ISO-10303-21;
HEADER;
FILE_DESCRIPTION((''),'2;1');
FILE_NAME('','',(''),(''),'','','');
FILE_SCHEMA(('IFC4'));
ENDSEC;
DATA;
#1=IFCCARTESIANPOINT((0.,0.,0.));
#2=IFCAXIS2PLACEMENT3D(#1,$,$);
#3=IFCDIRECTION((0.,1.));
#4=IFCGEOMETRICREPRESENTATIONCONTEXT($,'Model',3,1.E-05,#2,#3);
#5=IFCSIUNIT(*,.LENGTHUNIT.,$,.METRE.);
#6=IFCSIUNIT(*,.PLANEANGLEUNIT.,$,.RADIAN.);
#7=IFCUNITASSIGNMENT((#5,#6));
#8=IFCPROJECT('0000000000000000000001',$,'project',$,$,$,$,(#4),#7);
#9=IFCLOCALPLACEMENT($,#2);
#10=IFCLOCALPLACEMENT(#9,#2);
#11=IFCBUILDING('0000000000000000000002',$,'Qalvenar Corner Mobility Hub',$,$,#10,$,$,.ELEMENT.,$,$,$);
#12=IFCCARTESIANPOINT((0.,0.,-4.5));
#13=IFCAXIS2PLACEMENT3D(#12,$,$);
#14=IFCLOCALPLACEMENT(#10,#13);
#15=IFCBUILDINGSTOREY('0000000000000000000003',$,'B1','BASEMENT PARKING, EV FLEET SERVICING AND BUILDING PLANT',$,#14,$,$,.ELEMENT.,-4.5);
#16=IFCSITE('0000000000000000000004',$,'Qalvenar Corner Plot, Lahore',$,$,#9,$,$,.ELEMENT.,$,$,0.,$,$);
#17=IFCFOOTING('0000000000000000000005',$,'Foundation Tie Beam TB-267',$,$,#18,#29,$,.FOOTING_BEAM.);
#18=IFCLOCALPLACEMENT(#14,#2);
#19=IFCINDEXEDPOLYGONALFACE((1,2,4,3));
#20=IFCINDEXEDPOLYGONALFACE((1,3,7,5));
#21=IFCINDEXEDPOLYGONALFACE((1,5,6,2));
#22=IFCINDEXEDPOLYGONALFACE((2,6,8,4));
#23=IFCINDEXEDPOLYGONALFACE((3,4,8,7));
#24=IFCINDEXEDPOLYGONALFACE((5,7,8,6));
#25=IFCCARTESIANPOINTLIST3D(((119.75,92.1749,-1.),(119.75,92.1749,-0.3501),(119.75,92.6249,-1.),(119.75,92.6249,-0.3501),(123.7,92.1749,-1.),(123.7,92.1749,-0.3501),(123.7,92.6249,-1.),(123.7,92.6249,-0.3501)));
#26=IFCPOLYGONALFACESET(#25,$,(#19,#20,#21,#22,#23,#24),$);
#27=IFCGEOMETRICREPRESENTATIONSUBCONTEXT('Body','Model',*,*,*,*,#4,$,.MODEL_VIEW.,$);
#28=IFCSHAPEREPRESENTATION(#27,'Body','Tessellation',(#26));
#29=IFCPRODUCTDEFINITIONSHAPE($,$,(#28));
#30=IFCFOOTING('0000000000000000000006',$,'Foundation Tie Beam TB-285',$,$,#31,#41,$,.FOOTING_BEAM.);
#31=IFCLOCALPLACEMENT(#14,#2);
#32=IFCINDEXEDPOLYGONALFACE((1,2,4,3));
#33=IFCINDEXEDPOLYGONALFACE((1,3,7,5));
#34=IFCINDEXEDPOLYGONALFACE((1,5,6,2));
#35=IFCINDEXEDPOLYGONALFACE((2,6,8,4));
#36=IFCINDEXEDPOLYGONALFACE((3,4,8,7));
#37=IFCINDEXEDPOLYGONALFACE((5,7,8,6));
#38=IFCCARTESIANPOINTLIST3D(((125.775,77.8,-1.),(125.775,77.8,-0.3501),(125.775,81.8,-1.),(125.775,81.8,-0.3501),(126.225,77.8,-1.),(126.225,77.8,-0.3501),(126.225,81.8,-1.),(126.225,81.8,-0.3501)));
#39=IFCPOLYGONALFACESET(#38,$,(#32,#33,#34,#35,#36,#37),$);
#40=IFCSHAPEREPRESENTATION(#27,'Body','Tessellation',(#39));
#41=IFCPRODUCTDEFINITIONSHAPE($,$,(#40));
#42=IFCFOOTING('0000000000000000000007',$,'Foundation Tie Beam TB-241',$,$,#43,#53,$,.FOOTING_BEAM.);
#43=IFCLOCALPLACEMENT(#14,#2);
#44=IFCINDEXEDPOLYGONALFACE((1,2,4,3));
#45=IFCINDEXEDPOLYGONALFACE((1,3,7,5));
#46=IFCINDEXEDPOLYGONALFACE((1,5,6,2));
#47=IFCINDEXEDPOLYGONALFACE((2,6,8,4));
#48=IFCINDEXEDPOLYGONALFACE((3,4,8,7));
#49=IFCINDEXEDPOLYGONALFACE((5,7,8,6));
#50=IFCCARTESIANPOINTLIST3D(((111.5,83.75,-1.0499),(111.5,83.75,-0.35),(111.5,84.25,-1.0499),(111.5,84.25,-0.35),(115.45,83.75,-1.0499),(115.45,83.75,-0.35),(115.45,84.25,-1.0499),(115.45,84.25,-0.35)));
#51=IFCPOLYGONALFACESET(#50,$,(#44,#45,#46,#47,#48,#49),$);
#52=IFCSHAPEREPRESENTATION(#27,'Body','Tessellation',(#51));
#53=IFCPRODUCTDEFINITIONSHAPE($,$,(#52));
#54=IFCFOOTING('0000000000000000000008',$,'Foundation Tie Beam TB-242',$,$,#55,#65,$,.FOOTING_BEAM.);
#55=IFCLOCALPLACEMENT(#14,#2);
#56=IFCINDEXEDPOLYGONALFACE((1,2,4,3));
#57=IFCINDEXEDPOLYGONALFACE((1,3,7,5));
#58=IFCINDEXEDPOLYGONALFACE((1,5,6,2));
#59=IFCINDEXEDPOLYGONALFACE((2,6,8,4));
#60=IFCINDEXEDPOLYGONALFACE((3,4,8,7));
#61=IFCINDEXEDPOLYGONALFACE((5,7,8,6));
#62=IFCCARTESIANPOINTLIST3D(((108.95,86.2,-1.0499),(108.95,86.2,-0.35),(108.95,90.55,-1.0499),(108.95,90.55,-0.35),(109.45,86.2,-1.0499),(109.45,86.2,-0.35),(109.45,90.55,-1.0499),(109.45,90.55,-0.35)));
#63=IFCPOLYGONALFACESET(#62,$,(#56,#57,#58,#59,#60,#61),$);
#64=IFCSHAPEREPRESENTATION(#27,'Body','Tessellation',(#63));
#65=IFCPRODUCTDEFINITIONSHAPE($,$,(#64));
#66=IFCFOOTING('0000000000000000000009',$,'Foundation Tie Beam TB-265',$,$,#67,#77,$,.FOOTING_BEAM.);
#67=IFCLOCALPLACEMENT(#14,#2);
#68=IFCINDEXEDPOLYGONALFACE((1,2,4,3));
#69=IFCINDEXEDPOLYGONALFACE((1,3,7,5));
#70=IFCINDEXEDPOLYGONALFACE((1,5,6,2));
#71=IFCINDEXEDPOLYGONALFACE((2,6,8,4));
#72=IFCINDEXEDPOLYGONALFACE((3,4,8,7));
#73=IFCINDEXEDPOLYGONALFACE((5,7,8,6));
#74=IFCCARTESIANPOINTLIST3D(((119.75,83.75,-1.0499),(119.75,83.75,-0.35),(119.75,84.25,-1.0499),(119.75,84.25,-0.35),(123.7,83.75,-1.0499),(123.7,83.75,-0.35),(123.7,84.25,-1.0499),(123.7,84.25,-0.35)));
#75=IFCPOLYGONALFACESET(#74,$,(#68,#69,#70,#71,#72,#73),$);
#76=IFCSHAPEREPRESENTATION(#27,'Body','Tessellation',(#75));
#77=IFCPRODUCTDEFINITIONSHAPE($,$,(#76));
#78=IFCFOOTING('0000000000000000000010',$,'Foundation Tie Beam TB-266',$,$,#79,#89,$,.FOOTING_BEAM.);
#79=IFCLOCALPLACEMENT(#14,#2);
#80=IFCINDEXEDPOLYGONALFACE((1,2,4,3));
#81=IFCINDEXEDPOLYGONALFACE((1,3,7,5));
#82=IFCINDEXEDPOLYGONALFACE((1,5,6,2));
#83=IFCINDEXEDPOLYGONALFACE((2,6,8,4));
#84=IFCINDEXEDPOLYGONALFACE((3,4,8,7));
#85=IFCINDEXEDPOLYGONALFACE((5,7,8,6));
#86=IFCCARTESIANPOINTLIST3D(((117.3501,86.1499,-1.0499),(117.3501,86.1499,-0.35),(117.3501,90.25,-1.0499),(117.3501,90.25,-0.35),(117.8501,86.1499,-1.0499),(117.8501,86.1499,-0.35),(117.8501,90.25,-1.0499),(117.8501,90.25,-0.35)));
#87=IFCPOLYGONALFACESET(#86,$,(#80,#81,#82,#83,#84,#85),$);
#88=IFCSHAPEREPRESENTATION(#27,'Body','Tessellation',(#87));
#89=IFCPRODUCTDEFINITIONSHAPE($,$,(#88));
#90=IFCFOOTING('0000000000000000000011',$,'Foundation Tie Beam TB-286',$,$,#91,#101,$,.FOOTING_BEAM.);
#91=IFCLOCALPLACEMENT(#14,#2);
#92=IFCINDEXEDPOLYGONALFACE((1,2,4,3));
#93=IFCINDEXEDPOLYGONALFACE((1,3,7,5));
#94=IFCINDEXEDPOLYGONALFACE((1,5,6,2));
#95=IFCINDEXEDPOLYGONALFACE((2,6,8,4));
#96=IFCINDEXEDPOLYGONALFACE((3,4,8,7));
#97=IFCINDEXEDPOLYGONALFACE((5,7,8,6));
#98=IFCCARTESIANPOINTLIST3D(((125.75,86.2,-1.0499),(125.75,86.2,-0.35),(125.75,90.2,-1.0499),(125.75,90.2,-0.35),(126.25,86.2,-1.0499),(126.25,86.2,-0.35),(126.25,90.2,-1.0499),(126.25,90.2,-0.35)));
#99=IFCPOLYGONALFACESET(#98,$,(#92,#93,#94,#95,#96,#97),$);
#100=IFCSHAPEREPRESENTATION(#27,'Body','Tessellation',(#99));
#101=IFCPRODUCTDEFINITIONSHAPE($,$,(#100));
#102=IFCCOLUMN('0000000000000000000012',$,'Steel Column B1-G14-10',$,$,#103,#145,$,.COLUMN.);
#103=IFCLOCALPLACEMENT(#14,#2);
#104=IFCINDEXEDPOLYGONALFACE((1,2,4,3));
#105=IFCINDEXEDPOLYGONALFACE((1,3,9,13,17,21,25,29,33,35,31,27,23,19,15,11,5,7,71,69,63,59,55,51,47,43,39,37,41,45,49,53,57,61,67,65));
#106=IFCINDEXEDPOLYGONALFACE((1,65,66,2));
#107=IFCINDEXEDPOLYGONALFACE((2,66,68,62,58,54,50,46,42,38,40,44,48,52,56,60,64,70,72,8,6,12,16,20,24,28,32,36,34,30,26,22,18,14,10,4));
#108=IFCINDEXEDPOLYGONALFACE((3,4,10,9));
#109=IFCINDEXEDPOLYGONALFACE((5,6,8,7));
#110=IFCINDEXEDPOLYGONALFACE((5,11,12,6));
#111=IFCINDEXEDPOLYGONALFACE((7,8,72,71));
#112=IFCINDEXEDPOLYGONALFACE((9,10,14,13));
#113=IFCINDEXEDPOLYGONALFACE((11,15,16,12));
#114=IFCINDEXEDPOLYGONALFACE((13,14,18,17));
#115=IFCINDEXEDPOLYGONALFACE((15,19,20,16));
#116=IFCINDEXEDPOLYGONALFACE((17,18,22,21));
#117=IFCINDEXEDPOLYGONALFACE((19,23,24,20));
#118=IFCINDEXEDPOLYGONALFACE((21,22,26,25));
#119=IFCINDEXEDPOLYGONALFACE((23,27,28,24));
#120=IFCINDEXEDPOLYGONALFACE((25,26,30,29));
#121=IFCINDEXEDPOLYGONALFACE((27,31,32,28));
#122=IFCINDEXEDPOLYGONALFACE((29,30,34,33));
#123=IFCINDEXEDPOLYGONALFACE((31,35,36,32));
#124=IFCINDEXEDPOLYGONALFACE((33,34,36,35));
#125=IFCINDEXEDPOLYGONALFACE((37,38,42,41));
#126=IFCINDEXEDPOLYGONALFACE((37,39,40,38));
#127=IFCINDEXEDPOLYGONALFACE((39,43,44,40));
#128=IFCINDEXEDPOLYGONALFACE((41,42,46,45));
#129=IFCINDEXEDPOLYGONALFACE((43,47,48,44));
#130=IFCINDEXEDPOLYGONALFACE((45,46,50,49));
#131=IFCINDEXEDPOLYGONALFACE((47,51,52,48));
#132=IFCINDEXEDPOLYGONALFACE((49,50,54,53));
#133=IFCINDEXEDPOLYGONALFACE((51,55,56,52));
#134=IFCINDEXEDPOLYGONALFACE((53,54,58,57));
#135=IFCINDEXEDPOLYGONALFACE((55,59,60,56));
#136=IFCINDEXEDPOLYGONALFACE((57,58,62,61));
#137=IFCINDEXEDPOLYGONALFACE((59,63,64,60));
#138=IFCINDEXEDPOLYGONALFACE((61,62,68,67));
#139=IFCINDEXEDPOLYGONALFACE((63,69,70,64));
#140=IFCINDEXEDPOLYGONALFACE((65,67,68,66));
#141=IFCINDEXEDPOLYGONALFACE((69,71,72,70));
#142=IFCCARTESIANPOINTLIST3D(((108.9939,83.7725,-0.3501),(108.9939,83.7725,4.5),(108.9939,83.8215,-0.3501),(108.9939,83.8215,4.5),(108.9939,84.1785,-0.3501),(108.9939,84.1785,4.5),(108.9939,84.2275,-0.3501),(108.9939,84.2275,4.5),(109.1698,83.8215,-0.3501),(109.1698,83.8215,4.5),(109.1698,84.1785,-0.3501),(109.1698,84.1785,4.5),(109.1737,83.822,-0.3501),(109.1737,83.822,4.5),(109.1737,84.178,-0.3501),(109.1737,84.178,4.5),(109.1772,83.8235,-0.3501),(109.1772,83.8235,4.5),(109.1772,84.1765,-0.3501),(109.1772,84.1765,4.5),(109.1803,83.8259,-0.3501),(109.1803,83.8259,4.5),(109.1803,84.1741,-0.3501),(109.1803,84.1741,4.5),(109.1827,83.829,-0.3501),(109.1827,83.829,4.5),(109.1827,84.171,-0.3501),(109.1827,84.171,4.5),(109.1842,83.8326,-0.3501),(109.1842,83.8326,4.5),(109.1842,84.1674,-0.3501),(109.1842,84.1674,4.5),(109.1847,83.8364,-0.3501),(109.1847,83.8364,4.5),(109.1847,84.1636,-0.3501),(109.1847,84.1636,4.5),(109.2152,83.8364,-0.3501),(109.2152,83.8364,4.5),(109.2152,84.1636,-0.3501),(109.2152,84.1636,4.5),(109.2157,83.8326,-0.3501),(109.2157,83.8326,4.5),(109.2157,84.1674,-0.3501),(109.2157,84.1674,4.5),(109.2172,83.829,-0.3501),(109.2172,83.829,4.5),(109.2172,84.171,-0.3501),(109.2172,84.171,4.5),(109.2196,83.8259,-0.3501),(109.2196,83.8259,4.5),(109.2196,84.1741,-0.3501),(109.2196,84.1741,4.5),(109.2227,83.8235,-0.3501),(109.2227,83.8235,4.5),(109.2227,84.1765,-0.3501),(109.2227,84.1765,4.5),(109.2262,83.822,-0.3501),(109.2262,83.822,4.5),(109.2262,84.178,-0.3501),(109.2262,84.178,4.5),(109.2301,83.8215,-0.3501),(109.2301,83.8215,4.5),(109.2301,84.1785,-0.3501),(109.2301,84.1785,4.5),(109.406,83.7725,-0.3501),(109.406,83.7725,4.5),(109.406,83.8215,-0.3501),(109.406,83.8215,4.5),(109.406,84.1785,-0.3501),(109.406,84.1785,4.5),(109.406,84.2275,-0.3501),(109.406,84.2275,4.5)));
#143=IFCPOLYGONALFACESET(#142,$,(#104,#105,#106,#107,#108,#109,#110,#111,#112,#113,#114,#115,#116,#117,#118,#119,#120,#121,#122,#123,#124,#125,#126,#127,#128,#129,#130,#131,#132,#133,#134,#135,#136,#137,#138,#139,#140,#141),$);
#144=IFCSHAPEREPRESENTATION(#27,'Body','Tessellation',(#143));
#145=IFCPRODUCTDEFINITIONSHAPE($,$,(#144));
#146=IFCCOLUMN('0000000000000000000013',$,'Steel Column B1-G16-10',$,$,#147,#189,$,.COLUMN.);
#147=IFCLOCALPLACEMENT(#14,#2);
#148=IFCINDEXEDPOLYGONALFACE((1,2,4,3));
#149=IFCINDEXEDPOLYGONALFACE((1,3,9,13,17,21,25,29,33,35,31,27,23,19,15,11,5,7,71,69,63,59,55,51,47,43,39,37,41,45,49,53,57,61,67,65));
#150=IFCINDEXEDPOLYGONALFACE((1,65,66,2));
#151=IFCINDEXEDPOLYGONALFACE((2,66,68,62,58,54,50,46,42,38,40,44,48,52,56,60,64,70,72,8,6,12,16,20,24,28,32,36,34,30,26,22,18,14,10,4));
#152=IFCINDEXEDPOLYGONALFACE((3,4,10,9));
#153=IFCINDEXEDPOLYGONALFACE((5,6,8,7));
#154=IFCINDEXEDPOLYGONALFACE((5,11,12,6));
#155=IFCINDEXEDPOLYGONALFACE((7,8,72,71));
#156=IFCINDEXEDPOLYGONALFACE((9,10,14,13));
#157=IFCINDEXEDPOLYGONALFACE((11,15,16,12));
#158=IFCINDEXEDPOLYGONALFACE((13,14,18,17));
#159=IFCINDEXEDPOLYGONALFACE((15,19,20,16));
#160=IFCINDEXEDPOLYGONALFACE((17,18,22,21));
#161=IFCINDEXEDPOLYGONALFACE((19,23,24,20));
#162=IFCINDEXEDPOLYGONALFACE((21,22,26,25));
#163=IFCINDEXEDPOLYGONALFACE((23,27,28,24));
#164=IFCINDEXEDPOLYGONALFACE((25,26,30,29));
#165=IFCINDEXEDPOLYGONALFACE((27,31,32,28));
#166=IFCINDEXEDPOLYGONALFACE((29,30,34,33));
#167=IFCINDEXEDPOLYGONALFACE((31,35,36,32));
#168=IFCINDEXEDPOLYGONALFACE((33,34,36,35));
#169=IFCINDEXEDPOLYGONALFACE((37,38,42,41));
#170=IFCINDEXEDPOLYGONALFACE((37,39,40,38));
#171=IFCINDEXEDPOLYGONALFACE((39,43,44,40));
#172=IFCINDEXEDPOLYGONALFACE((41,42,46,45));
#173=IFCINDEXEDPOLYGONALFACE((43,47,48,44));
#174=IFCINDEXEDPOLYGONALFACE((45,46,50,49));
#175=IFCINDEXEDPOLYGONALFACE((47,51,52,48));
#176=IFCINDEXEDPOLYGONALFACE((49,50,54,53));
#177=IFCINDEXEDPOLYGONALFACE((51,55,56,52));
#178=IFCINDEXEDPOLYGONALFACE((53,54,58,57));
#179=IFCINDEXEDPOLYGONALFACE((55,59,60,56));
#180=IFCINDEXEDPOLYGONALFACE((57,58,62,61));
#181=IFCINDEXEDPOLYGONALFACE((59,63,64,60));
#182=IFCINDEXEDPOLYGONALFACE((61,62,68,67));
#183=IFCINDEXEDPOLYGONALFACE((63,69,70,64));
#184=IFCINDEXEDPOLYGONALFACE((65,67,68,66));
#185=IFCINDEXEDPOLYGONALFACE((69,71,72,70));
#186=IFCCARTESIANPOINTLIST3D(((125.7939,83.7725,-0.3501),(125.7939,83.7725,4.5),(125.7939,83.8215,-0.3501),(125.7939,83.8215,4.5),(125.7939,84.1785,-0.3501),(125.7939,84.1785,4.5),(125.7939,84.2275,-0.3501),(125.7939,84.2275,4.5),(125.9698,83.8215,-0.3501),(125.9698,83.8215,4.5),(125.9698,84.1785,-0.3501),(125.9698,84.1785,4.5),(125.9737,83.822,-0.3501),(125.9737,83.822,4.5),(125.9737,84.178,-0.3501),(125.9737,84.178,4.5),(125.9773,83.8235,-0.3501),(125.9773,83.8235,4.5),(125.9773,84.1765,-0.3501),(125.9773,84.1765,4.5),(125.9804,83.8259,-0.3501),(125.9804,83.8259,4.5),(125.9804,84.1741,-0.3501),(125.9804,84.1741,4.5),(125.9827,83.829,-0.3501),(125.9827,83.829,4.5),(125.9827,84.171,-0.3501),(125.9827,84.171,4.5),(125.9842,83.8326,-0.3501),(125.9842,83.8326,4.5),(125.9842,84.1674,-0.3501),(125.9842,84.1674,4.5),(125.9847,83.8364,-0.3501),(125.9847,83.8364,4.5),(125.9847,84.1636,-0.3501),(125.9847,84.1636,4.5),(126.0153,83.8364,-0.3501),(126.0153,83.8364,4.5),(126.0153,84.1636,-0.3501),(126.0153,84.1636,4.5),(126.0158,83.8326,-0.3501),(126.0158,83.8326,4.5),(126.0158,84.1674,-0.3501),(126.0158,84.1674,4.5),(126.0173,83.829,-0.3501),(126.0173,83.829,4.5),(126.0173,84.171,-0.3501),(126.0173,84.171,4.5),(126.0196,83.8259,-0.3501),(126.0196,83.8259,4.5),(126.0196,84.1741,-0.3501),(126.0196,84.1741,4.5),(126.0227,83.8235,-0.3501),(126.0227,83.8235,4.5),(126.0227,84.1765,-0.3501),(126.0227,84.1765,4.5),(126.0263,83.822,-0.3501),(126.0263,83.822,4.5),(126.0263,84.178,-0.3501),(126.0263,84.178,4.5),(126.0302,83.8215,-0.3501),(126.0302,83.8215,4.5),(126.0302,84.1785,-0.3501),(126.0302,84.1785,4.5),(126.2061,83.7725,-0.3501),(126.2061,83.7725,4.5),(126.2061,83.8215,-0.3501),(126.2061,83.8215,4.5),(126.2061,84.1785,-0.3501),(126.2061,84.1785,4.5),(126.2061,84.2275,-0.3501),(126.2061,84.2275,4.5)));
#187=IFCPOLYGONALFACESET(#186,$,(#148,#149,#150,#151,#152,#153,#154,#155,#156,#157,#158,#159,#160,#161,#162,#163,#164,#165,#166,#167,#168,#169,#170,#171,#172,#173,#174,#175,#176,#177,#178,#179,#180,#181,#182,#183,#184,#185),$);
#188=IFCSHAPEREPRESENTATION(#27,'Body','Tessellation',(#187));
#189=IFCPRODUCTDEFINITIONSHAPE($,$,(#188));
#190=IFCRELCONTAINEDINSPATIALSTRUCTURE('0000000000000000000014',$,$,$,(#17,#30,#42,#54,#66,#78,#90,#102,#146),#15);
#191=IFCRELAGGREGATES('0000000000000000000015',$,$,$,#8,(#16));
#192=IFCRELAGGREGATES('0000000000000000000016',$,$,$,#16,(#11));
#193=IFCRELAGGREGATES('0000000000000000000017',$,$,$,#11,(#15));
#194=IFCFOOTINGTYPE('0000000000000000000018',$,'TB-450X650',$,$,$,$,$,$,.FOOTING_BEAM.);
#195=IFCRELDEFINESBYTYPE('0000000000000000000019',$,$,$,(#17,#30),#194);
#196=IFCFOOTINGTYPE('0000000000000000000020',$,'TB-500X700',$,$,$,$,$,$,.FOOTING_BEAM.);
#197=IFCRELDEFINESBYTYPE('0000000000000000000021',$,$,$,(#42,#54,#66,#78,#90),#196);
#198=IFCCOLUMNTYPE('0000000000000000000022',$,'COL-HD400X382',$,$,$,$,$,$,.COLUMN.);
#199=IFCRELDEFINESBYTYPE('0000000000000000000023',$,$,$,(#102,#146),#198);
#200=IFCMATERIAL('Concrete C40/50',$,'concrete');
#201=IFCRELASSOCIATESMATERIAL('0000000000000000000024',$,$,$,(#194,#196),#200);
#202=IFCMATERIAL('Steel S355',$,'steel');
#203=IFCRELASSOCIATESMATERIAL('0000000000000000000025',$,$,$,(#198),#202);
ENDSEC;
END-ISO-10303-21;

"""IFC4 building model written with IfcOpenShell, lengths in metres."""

from ifc_helpers import new_model, si_unit, direction, frame, origin, origin_2d, place, context, subcontext, project, spatial, rectangle, i_section, extrude, material, material_profile, profile_set, type_object, element, save


model = new_model("IFC4")

# Units and contexts
model_context = context("Model", 3, precision=1e-05, world=origin(), true_north=direction((0.0, 1.0)))
body_context = subcontext(model_context, "Body", "Model", "MODEL_VIEW")
ifc_project = project(units=[si_unit("LENGTHUNIT", "METRE"), si_unit("PLANEANGLEUNIT", "RADIAN")], contexts=[model_context])

# Site, building, storey
site_placement = place(None, origin())
site = spatial("IfcSite", under=ifc_project, at=site_placement, Name="Qalvenar Corner Plot, Lahore", CompositionType="ELEMENT", RefElevation=0.0)
building_placement = place(site_placement, origin())
building = spatial("IfcBuilding", under=site, at=building_placement, Name="Qalvenar Corner Mobility Hub", CompositionType="ELEMENT")
storey_placement = place(building_placement, frame((0.0, 0.0, -4.5)))
storey = spatial("IfcBuildingStorey", under=building, at=storey_placement, Name="B1", Description="BASEMENT PARKING, EV FLEET SERVICING AND BUILDING PLANT", CompositionType="ELEMENT", Elevation=-4.5)

# Shared definitions
ifc_material_1 = material(Name="Concrete C40/50", Category="concrete")

# Footings
ifc_material_profile_1 = material_profile(ifc_material_1, rectangle(XDim=0.45, YDim=0.6499, at=origin_2d()), Name="RC450x650")
ifc_profile_set_1 = profile_set([ifc_material_profile_1], Name="Concrete C40/50")
footing_type_1 = type_object("IfcFootingType", Name="TB-450X650", PredefinedType="FOOTING_BEAM", material=ifc_profile_set_1)
footing_1_placement = place(storey_placement, frame((119.75, 92.3999, -0.675), z_axis=(1.0, 0.0, 0.0), x_axis=(0.0, 1.0, 0.0)))
element("IfcFooting", 1, at=footing_1_placement, inside=storey, type_object=footing_type_1, Name="Foundation Tie Beam TB-267", PredefinedType="FOOTING_BEAM", context=body_context, shape_type="SweptSolid", body=[
    extrude(rectangle(XDim=0.45, YDim=0.6499, at=origin_2d()), origin(), (0.0, 0.0, 1.0), 3.95),
])
footing_2_placement = place(storey_placement, frame((126.0, 77.8, -0.675), z_axis=(0.0, 1.0, 0.0), x_axis=(-1.0, 0.0, 0.0)))
element("IfcFooting", 2, at=footing_2_placement, inside=storey, type_object=footing_type_1, Name="Foundation Tie Beam TB-285", PredefinedType="FOOTING_BEAM", context=body_context, shape_type="SweptSolid", body=[
    extrude(rectangle(XDim=0.45, YDim=0.6499, at=origin_2d()), origin(), (0.0, 0.0, 1.0), 4.0),
])
ifc_material_profile_2 = material_profile(ifc_material_1, rectangle(XDim=0.5, YDim=0.7, at=origin_2d()), Name="RC500x700")
ifc_profile_set_2 = profile_set([ifc_material_profile_2], Name="Concrete C40/50")
footing_type_2 = type_object("IfcFootingType", Name="TB-500X700", PredefinedType="FOOTING_BEAM", material=ifc_profile_set_2)
footing_3_placement = place(storey_placement, frame((111.5, 84.0, -0.7), z_axis=(1.0, 0.0, 0.0), x_axis=(0.0, 1.0, 0.0)))
element("IfcFooting", 3, at=footing_3_placement, inside=storey, type_object=footing_type_2, Name="Foundation Tie Beam TB-241", PredefinedType="FOOTING_BEAM", context=body_context, shape_type="SweptSolid", body=[
    extrude(rectangle(XDim=0.5, YDim=0.7, at=origin_2d()), origin(), (0.0, 0.0, 1.0), 3.95),
])
footing_4_placement = place(storey_placement, frame((109.2, 86.2, -0.7), z_axis=(0.0, 1.0, 0.0), x_axis=(-1.0, 0.0, 0.0)))
element("IfcFooting", 4, at=footing_4_placement, inside=storey, type_object=footing_type_2, Name="Foundation Tie Beam TB-242", PredefinedType="FOOTING_BEAM", context=body_context, shape_type="SweptSolid", body=[
    extrude(rectangle(XDim=0.5, YDim=0.7, at=origin_2d()), origin(), (0.0, 0.0, 1.0), 4.3501),
])
footing_5_placement = place(storey_placement, frame((119.75, 84.0, -0.7), z_axis=(1.0, 0.0, 0.0), x_axis=(0.0, 1.0, 0.0)))
element("IfcFooting", 5, at=footing_5_placement, inside=storey, type_object=footing_type_2, Name="Foundation Tie Beam TB-265", PredefinedType="FOOTING_BEAM", context=body_context, shape_type="SweptSolid", body=[
    extrude(rectangle(XDim=0.5, YDim=0.7, at=origin_2d()), origin(), (0.0, 0.0, 1.0), 3.95),
])
footing_6_placement = place(storey_placement, frame((117.6001, 86.1499, -0.7), z_axis=(0.0, 1.0, 0.0), x_axis=(-1.0, 0.0, 0.0)))
element("IfcFooting", 6, at=footing_6_placement, inside=storey, type_object=footing_type_2, Name="Foundation Tie Beam TB-266", PredefinedType="FOOTING_BEAM", context=body_context, shape_type="SweptSolid", body=[
    extrude(rectangle(XDim=0.5, YDim=0.7, at=origin_2d()), origin(), (0.0, 0.0, 1.0), 4.1001),
])
footing_7_placement = place(storey_placement, frame((126.0, 86.2, -0.7), z_axis=(0.0, 1.0, 0.0), x_axis=(-1.0, 0.0, 0.0)))
element("IfcFooting", 7, at=footing_7_placement, inside=storey, type_object=footing_type_2, Name="Foundation Tie Beam TB-286", PredefinedType="FOOTING_BEAM", context=body_context, shape_type="SweptSolid", body=[
    extrude(rectangle(XDim=0.5, YDim=0.7, at=origin_2d()), origin(), (0.0, 0.0, 1.0), 4.0),
])

# Columns
ifc_material_2 = material(Name="Steel S355", Category="steel")
ifc_material_profile_3 = material_profile(ifc_material_2, i_section(OverallWidth=0.4121, OverallDepth=0.4551, WebThickness=0.0305, FlangeThickness=0.0491, FilletRadius=0.0149, at=origin_2d()), Name="HD400x421")
ifc_profile_set_3 = profile_set([ifc_material_profile_3], Name="Steel S355")
column_type_1 = type_object("IfcColumnType", Name="COL-HD400X382", PredefinedType="COLUMN", material=ifc_profile_set_3)
for number, where, z_axis, x_axis, name in (
    (8, (109.2, 84.0, -0.3501), (0.0, 0.0, 1.0), (1.0, 0.0, 0.0), "Steel Column B1-G14-10"),
    (9, (126.0, 84.0, -0.3501), (0.0, 0.0, 1.0), (1.0, 0.0, 0.0), "Steel Column B1-G16-10"),
):
    element("IfcColumn", number, at=place(storey_placement, frame(where, z_axis=z_axis, x_axis=x_axis)), inside=storey, type_object=column_type_1, Name=name, PredefinedType="COLUMN", context=body_context, shape_type="SweptSolid", body=[
        extrude(i_section(OverallWidth=0.4121, OverallDepth=0.4551, WebThickness=0.0305, FlangeThickness=0.0491, FilletRadius=0.0149, at=origin_2d()), origin(), (0.0, 0.0, 1.0), 4.8501),
    ])

save(model, "model.ifc")
